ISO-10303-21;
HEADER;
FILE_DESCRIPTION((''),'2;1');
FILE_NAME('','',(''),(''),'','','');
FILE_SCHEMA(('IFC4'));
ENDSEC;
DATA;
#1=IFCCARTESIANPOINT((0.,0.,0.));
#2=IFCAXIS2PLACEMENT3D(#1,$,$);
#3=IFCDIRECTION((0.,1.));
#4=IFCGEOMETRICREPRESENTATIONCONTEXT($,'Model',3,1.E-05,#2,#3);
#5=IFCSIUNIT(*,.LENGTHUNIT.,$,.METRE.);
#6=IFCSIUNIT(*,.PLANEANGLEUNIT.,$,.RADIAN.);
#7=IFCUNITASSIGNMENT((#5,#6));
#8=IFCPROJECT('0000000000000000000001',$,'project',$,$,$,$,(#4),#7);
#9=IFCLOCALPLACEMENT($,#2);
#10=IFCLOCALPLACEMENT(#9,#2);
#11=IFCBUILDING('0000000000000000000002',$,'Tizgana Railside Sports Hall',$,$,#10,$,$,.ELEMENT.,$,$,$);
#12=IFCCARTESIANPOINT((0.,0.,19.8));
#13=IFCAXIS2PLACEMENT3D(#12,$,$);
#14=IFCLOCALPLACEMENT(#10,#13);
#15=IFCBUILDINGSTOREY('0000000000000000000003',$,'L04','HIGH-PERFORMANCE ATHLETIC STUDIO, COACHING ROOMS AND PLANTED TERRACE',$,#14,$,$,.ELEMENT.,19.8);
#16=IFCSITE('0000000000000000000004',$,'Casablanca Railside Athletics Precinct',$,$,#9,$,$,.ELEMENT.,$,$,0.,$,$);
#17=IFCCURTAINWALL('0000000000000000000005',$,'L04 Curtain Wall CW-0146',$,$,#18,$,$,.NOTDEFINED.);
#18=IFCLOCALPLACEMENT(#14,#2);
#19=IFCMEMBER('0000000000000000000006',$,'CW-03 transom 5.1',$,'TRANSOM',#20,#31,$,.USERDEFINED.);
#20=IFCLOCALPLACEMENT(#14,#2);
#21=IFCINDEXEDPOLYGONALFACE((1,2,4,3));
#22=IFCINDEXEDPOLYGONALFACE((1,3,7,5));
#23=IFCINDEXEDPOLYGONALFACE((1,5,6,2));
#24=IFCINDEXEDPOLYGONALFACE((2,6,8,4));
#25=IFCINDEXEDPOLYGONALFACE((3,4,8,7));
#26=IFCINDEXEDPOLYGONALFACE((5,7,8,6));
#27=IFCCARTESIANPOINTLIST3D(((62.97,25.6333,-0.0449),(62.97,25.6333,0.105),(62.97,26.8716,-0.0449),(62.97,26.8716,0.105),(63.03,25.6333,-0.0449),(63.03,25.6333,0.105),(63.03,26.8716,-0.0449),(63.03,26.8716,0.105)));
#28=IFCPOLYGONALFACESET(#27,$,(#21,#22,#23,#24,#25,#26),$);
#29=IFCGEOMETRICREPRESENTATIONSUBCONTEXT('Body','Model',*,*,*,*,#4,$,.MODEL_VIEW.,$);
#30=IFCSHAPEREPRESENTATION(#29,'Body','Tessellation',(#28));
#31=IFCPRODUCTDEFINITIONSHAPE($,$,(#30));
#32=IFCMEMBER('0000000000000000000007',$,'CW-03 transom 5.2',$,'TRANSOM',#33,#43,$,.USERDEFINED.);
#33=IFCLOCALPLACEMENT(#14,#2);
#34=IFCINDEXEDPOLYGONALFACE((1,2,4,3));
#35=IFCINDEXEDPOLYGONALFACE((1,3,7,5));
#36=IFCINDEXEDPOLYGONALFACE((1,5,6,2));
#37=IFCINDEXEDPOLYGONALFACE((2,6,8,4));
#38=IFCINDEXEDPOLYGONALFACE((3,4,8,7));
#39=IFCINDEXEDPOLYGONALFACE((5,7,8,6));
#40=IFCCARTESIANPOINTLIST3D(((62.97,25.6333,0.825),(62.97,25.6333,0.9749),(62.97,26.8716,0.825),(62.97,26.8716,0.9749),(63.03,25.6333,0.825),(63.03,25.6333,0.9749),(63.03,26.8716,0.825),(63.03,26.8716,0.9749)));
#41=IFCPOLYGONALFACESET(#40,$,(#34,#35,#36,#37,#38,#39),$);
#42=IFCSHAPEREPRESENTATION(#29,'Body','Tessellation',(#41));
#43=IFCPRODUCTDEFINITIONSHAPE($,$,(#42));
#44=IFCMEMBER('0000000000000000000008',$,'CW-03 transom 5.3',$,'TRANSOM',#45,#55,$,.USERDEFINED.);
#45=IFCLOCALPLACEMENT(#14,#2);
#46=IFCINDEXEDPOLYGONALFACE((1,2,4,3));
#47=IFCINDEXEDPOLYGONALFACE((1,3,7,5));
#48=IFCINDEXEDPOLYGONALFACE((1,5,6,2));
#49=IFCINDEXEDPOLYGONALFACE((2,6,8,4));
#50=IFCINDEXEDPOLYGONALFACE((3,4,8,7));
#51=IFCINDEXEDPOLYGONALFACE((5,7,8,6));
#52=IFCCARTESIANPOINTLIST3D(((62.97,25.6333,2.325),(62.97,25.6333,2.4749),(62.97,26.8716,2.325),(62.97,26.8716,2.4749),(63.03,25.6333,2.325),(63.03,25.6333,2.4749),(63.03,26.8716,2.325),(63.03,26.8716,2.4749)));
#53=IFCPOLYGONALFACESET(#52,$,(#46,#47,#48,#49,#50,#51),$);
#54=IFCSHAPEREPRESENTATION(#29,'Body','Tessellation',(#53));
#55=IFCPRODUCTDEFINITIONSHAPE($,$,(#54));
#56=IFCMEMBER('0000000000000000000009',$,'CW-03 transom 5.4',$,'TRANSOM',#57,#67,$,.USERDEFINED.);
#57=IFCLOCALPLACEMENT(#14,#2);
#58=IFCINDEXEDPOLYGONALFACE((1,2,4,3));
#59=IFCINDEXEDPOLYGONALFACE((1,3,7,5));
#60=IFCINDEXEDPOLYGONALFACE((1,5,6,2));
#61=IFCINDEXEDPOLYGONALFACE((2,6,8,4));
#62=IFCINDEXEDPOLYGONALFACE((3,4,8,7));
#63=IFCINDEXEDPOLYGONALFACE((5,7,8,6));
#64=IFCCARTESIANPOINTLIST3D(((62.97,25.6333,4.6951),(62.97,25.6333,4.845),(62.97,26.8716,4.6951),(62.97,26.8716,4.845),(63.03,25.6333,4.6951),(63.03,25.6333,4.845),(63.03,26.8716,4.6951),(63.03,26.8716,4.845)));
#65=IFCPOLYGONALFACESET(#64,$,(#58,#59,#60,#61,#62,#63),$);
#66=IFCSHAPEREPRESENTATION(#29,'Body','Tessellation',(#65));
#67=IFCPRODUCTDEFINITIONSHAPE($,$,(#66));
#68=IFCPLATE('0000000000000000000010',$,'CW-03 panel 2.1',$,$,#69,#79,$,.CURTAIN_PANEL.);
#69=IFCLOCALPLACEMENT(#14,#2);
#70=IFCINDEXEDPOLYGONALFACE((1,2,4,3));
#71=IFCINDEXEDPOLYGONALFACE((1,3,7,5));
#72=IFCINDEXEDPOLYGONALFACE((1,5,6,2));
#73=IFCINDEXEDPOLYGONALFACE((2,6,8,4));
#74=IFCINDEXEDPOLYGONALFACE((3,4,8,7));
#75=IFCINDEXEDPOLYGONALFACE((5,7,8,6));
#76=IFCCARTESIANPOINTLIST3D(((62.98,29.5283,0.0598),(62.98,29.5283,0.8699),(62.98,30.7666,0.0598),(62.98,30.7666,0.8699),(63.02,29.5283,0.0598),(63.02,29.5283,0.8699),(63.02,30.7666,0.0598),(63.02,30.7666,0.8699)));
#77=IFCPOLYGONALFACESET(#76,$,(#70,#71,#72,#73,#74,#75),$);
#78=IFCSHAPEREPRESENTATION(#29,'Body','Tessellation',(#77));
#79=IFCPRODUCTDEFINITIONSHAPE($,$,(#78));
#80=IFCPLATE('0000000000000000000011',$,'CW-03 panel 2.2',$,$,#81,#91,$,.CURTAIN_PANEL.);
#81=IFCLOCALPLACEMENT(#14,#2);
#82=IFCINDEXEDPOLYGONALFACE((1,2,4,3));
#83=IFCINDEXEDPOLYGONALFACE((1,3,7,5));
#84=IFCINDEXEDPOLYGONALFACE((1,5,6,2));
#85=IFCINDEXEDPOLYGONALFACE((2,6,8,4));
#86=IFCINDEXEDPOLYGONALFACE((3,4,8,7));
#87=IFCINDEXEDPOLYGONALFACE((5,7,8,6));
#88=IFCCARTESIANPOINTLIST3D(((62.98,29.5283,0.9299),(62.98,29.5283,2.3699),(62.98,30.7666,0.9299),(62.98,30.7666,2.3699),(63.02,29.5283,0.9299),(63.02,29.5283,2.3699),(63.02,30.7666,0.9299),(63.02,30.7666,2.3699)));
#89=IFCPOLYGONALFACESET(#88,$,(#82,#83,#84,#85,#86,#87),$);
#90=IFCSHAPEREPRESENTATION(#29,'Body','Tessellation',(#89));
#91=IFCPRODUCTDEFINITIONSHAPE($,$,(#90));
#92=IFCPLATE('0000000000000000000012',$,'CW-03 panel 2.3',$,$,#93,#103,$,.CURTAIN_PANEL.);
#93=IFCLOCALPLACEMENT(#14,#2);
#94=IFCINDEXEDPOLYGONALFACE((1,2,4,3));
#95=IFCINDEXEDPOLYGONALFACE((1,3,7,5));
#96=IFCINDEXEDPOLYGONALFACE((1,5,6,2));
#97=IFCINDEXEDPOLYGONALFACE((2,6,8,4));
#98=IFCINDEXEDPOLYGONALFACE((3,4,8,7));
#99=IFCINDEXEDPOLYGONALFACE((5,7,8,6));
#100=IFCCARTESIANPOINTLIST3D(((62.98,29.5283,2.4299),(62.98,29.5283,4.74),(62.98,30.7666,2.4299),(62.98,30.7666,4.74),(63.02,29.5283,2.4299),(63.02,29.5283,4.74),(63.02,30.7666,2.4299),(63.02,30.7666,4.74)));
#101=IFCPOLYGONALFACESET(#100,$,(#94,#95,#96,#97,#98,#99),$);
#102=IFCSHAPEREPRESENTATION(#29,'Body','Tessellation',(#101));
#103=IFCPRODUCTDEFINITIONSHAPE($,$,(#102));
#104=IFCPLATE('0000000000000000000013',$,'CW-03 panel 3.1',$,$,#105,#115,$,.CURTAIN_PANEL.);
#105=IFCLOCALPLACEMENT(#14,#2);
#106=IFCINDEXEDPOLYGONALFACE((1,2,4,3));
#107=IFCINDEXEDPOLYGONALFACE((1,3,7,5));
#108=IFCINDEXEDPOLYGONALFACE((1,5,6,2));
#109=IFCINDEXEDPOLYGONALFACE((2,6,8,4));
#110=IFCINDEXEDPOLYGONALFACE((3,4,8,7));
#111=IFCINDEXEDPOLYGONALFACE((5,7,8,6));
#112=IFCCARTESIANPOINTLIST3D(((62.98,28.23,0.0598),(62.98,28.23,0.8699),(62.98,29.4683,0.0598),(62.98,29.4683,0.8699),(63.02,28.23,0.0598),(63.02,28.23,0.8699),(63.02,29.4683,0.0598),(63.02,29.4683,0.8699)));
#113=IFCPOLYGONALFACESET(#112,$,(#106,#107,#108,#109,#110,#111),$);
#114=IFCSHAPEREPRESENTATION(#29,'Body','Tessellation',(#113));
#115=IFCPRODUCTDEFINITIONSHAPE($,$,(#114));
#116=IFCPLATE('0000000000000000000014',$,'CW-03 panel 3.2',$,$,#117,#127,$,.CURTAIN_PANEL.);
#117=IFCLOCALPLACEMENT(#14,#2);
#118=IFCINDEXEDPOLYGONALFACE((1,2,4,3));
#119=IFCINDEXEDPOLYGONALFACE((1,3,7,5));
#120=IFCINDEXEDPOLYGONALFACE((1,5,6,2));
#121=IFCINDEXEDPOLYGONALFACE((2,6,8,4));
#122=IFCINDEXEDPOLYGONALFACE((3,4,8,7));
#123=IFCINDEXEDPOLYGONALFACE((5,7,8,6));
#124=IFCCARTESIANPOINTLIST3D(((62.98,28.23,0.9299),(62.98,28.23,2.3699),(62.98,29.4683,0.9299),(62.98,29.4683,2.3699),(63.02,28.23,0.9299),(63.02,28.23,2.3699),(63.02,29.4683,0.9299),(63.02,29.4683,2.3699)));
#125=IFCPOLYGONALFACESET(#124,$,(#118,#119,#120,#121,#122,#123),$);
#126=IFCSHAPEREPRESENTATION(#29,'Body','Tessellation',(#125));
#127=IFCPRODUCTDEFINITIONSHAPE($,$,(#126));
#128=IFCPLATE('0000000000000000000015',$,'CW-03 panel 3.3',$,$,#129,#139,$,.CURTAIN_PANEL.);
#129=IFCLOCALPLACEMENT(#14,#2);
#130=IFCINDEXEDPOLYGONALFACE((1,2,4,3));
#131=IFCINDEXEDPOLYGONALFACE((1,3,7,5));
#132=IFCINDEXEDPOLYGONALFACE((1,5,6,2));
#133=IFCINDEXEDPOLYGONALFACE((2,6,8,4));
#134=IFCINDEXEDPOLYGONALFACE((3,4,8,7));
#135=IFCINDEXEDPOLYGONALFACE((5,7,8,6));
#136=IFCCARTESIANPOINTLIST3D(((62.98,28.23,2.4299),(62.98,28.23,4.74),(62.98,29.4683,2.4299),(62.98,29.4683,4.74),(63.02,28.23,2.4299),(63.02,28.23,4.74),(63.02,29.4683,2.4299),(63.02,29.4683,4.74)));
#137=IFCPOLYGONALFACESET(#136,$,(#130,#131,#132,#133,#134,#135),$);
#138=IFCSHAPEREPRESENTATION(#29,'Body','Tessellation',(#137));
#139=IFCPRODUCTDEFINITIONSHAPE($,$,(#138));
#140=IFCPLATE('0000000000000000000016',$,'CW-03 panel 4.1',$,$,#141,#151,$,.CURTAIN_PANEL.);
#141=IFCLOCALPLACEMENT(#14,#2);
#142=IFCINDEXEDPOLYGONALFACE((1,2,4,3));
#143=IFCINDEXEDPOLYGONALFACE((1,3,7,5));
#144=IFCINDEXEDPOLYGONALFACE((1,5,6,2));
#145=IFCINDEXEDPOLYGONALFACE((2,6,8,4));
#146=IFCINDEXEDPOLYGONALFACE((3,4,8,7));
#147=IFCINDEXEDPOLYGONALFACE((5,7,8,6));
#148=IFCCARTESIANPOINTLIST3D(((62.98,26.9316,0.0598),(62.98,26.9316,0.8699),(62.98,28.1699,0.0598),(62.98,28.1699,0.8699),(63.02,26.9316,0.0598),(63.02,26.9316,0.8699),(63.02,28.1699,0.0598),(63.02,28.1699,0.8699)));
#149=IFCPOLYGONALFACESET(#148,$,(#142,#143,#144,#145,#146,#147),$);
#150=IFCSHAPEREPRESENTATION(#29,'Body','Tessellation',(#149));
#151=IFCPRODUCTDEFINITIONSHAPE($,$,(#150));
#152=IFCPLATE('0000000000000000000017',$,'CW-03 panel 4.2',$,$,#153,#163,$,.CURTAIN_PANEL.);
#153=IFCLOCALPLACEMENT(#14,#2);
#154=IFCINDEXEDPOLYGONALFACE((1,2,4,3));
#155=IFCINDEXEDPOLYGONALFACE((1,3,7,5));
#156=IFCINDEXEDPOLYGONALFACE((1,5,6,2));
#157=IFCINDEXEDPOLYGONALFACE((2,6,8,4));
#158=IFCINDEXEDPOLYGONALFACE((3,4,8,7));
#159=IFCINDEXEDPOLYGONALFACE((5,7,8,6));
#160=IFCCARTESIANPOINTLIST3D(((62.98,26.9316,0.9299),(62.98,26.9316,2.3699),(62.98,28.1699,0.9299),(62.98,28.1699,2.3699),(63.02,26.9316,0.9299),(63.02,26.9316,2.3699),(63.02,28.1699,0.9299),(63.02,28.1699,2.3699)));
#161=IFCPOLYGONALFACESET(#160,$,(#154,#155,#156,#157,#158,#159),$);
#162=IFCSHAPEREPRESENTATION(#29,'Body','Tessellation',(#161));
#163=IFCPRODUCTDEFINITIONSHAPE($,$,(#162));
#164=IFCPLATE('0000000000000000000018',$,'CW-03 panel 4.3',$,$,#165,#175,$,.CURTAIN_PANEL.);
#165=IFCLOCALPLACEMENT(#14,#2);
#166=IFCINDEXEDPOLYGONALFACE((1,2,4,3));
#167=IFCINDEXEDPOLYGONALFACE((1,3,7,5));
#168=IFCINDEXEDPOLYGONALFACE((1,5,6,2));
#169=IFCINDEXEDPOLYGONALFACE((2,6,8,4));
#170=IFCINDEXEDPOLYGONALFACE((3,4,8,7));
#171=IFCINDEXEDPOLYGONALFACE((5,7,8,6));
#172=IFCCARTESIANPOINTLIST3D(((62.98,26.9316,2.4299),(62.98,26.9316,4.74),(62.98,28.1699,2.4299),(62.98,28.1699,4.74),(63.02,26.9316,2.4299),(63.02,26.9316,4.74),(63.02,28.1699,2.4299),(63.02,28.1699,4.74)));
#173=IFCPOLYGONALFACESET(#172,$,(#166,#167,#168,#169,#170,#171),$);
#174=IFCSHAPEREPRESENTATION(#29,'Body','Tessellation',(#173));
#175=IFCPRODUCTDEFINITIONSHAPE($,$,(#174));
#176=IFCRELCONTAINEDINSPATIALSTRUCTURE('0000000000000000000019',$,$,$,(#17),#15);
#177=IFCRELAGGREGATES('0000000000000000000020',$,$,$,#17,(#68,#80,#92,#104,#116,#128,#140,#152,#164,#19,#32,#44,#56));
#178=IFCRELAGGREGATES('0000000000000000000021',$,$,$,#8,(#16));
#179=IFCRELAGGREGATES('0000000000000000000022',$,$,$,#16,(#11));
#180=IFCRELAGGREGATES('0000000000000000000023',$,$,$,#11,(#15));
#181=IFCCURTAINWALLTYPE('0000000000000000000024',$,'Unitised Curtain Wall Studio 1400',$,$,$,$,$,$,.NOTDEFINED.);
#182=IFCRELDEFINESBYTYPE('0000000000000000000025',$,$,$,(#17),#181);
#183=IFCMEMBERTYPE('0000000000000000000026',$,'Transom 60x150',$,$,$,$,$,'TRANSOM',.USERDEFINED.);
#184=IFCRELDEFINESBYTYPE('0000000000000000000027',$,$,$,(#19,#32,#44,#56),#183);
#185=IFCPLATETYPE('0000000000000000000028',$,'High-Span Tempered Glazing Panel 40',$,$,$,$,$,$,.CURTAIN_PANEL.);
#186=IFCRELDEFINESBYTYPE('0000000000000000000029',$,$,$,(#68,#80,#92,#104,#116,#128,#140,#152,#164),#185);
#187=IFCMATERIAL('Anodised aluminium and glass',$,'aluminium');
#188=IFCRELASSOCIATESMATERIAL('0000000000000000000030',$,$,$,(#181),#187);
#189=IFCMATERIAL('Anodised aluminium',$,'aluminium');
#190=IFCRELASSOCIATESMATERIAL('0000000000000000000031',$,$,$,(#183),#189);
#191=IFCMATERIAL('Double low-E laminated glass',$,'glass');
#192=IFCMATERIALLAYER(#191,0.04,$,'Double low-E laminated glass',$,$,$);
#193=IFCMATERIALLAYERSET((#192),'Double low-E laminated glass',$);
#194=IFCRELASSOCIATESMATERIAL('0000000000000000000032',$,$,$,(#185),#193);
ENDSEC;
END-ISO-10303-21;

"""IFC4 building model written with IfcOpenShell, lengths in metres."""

from ifc_helpers import new_model, si_unit, direction, frame, origin, origin_2d, place, context, subcontext, project, spatial, rectangle, extrude, material, layer, layer_set, material_profile, profile_set, type_object, element, aggregate, save


model = new_model("IFC4")

# Units and contexts
model_context = context("Model", 3, precision=1e-05, world=origin(), true_north=direction((0.0, 1.0)))
body_context = subcontext(model_context, "Body", "Model", "MODEL_VIEW")
ifc_project = project(units=[si_unit("LENGTHUNIT", "METRE"), si_unit("PLANEANGLEUNIT", "RADIAN")], contexts=[model_context])

# Site, building, storey
site_placement = place(None, origin())
site = spatial("IfcSite", under=ifc_project, at=site_placement, Name="Casablanca Railside Athletics Precinct", CompositionType="ELEMENT", RefElevation=0.0)
building_placement = place(site_placement, origin())
building = spatial("IfcBuilding", under=site, at=building_placement, Name="Tizgana Railside Sports Hall", CompositionType="ELEMENT")
storey_placement = place(building_placement, frame((0.0, 0.0, 19.8)))
storey = spatial("IfcBuildingStorey", under=building, at=storey_placement, Name="L04", Description="HIGH-PERFORMANCE ATHLETIC STUDIO, COACHING ROOMS AND PLANTED TERRACE", CompositionType="ELEMENT", Elevation=19.8)

# Curtain wall, members, plates
ifc_material_1 = material(Name="Anodised aluminium and glass", Category="aluminium")
curtain_wall_type = type_object("IfcCurtainWallType", Name="Unitised Curtain Wall Studio 1400", PredefinedType="NOTDEFINED", material=ifc_material_1)
curtain_wall_placement = place(storey_placement, origin())
curtain_wall = element("IfcCurtainWall", 1, at=curtain_wall_placement, inside=storey, type_object=curtain_wall_type, Name="L04 Curtain Wall CW-0146", PredefinedType="NOTDEFINED")
ifc_material_2 = material(Name="Anodised aluminium", Category="aluminium")
ifc_material_profile_1 = material_profile(ifc_material_2, rectangle(XDim=0.0601, YDim=0.1499, at=origin_2d()), Name="Transom 60x150")
ifc_profile_set_1 = profile_set([ifc_material_profile_1], Name="Anodised aluminium")
member_type_1 = type_object("IfcMemberType", Name="Transom 60x150", ElementType="TRANSOM", PredefinedType="USERDEFINED", material=ifc_profile_set_1)
member_1_placement = place(storey_placement, frame((63.0, 26.8716, 0.03), z_axis=(0.0, -1.0, 0.0), x_axis=(1.0, 0.0, 0.0)))
member_1 = element("IfcMember", 2, at=member_1_placement, type_object=member_type_1, Name="CW-03 transom 5.1", ObjectType="TRANSOM", PredefinedType="USERDEFINED", context=body_context, shape_type="SweptSolid", body=[
    extrude(rectangle(XDim=0.0601, YDim=0.1499, at=origin_2d()), origin(), (0.0, 0.0, 1.0), 1.2383),
])
member_2_placement = place(storey_placement, frame((63.0, 26.8716, 0.8999), z_axis=(0.0, -1.0, 0.0), x_axis=(1.0, 0.0, 0.0)))
member_2 = element("IfcMember", 3, at=member_2_placement, type_object=member_type_1, Name="CW-03 transom 5.2", ObjectType="TRANSOM", PredefinedType="USERDEFINED", context=body_context, shape_type="SweptSolid", body=[
    extrude(rectangle(XDim=0.0601, YDim=0.1499, at=origin_2d()), origin(), (0.0, 0.0, 1.0), 1.2383),
])
member_3_placement = place(storey_placement, frame((63.0, 26.8716, 2.3999), z_axis=(0.0, -1.0, 0.0), x_axis=(1.0, 0.0, 0.0)))
member_3 = element("IfcMember", 4, at=member_3_placement, type_object=member_type_1, Name="CW-03 transom 5.3", ObjectType="TRANSOM", PredefinedType="USERDEFINED", context=body_context, shape_type="SweptSolid", body=[
    extrude(rectangle(XDim=0.0601, YDim=0.1499, at=origin_2d()), origin(), (0.0, 0.0, 1.0), 1.2383),
])
member_4_placement = place(storey_placement, frame((63.0, 26.8716, 4.77), z_axis=(0.0, -1.0, 0.0), x_axis=(1.0, 0.0, 0.0)))
member_4 = element("IfcMember", 5, at=member_4_placement, type_object=member_type_1, Name="CW-03 transom 5.4", ObjectType="TRANSOM", PredefinedType="USERDEFINED", context=body_context, shape_type="SweptSolid", body=[
    extrude(rectangle(XDim=0.0601, YDim=0.1499, at=origin_2d()), origin(), (0.0, 0.0, 1.0), 1.2383),
])
ifc_material_3 = material(Name="Double low-E laminated glass", Category="glass")
ifc_layer = layer(ifc_material_3, 0.04, Name="Double low-E laminated glass")
ifc_layer_set = layer_set([ifc_layer], Name="Double low-E laminated glass")
plate_type = type_object("IfcPlateType", Name="High-Span Tempered Glazing Panel 40", PredefinedType="CURTAIN_PANEL", material=ifc_layer_set)
plate_1_placement = place(storey_placement, frame((63.0, 30.1475, 0.0598), z_axis=(0.0, 0.0, 1.0), x_axis=(0.0, -1.0, 0.0)))
plate_1 = element("IfcPlate", 6, at=plate_1_placement, type_object=plate_type, Name="CW-03 panel 2.1", PredefinedType="CURTAIN_PANEL", context=body_context, shape_type="SweptSolid", body=[
    extrude(rectangle(XDim=1.2383, YDim=0.04, at=origin_2d()), origin(), (0.0, 0.0, 1.0), 0.8101),
])
plate_2_placement = place(storey_placement, frame((63.0, 30.1475, 0.9299), z_axis=(0.0, 0.0, 1.0), x_axis=(0.0, -1.0, 0.0)))
plate_2 = element("IfcPlate", 7, at=plate_2_placement, type_object=plate_type, Name="CW-03 panel 2.2", PredefinedType="CURTAIN_PANEL", context=body_context, shape_type="SweptSolid", body=[
    extrude(rectangle(XDim=1.2383, YDim=0.04, at=origin_2d()), origin(), (0.0, 0.0, 1.0), 1.4399),
])
plate_3_placement = place(storey_placement, frame((63.0, 30.1475, 2.4299), z_axis=(0.0, 0.0, 1.0), x_axis=(0.0, -1.0, 0.0)))
plate_3 = element("IfcPlate", 8, at=plate_3_placement, type_object=plate_type, Name="CW-03 panel 2.3", PredefinedType="CURTAIN_PANEL", context=body_context, shape_type="SweptSolid", body=[
    extrude(rectangle(XDim=1.2383, YDim=0.04, at=origin_2d()), origin(), (0.0, 0.0, 1.0), 2.3101),
])
plate_4_placement = place(storey_placement, frame((63.0, 28.8491, 0.0598), z_axis=(0.0, 0.0, 1.0), x_axis=(0.0, -1.0, 0.0)))
plate_4 = element("IfcPlate", 9, at=plate_4_placement, type_object=plate_type, Name="CW-03 panel 3.1", PredefinedType="CURTAIN_PANEL", context=body_context, shape_type="SweptSolid", body=[
    extrude(rectangle(XDim=1.2383, YDim=0.04, at=origin_2d()), origin(), (0.0, 0.0, 1.0), 0.8101),
])
plate_5_placement = place(storey_placement, frame((63.0, 28.8491, 0.9299), z_axis=(0.0, 0.0, 1.0), x_axis=(0.0, -1.0, 0.0)))
plate_5 = element("IfcPlate", 10, at=plate_5_placement, type_object=plate_type, Name="CW-03 panel 3.2", PredefinedType="CURTAIN_PANEL", context=body_context, shape_type="SweptSolid", body=[
    extrude(rectangle(XDim=1.2383, YDim=0.04, at=origin_2d()), origin(), (0.0, 0.0, 1.0), 1.4399),
])
plate_6_placement = place(storey_placement, frame((63.0, 28.8491, 2.4299), z_axis=(0.0, 0.0, 1.0), x_axis=(0.0, -1.0, 0.0)))
plate_6 = element("IfcPlate", 11, at=plate_6_placement, type_object=plate_type, Name="CW-03 panel 3.3", PredefinedType="CURTAIN_PANEL", context=body_context, shape_type="SweptSolid", body=[
    extrude(rectangle(XDim=1.2383, YDim=0.04, at=origin_2d()), origin(), (0.0, 0.0, 1.0), 2.3101),
])
plate_7_placement = place(storey_placement, frame((63.0, 27.5508, 0.0598), z_axis=(0.0, 0.0, 1.0), x_axis=(0.0, -1.0, 0.0)))
plate_7 = element("IfcPlate", 12, at=plate_7_placement, type_object=plate_type, Name="CW-03 panel 4.1", PredefinedType="CURTAIN_PANEL", context=body_context, shape_type="SweptSolid", body=[
    extrude(rectangle(XDim=1.2383, YDim=0.04, at=origin_2d()), origin(), (0.0, 0.0, 1.0), 0.8101),
])
plate_8_placement = place(storey_placement, frame((63.0, 27.5508, 0.9299), z_axis=(0.0, 0.0, 1.0), x_axis=(0.0, -1.0, 0.0)))
plate_8 = element("IfcPlate", 13, at=plate_8_placement, type_object=plate_type, Name="CW-03 panel 4.2", PredefinedType="CURTAIN_PANEL", context=body_context, shape_type="SweptSolid", body=[
    extrude(rectangle(XDim=1.2383, YDim=0.04, at=origin_2d()), origin(), (0.0, 0.0, 1.0), 1.4399),
])
plate_9_placement = place(storey_placement, frame((63.0, 27.5508, 2.4299), z_axis=(0.0, 0.0, 1.0), x_axis=(0.0, -1.0, 0.0)))
plate_9 = element("IfcPlate", 14, at=plate_9_placement, type_object=plate_type, Name="CW-03 panel 4.3", PredefinedType="CURTAIN_PANEL", context=body_context, shape_type="SweptSolid", body=[
    extrude(rectangle(XDim=1.2383, YDim=0.04, at=origin_2d()), origin(), (0.0, 0.0, 1.0), 2.3101),
])
aggregate(curtain_wall, [plate_1, plate_2, plate_3, plate_4, plate_5, plate_6, plate_7, plate_8, plate_9, member_1, member_2, member_3, member_4])

save(model, "model.ifc")
